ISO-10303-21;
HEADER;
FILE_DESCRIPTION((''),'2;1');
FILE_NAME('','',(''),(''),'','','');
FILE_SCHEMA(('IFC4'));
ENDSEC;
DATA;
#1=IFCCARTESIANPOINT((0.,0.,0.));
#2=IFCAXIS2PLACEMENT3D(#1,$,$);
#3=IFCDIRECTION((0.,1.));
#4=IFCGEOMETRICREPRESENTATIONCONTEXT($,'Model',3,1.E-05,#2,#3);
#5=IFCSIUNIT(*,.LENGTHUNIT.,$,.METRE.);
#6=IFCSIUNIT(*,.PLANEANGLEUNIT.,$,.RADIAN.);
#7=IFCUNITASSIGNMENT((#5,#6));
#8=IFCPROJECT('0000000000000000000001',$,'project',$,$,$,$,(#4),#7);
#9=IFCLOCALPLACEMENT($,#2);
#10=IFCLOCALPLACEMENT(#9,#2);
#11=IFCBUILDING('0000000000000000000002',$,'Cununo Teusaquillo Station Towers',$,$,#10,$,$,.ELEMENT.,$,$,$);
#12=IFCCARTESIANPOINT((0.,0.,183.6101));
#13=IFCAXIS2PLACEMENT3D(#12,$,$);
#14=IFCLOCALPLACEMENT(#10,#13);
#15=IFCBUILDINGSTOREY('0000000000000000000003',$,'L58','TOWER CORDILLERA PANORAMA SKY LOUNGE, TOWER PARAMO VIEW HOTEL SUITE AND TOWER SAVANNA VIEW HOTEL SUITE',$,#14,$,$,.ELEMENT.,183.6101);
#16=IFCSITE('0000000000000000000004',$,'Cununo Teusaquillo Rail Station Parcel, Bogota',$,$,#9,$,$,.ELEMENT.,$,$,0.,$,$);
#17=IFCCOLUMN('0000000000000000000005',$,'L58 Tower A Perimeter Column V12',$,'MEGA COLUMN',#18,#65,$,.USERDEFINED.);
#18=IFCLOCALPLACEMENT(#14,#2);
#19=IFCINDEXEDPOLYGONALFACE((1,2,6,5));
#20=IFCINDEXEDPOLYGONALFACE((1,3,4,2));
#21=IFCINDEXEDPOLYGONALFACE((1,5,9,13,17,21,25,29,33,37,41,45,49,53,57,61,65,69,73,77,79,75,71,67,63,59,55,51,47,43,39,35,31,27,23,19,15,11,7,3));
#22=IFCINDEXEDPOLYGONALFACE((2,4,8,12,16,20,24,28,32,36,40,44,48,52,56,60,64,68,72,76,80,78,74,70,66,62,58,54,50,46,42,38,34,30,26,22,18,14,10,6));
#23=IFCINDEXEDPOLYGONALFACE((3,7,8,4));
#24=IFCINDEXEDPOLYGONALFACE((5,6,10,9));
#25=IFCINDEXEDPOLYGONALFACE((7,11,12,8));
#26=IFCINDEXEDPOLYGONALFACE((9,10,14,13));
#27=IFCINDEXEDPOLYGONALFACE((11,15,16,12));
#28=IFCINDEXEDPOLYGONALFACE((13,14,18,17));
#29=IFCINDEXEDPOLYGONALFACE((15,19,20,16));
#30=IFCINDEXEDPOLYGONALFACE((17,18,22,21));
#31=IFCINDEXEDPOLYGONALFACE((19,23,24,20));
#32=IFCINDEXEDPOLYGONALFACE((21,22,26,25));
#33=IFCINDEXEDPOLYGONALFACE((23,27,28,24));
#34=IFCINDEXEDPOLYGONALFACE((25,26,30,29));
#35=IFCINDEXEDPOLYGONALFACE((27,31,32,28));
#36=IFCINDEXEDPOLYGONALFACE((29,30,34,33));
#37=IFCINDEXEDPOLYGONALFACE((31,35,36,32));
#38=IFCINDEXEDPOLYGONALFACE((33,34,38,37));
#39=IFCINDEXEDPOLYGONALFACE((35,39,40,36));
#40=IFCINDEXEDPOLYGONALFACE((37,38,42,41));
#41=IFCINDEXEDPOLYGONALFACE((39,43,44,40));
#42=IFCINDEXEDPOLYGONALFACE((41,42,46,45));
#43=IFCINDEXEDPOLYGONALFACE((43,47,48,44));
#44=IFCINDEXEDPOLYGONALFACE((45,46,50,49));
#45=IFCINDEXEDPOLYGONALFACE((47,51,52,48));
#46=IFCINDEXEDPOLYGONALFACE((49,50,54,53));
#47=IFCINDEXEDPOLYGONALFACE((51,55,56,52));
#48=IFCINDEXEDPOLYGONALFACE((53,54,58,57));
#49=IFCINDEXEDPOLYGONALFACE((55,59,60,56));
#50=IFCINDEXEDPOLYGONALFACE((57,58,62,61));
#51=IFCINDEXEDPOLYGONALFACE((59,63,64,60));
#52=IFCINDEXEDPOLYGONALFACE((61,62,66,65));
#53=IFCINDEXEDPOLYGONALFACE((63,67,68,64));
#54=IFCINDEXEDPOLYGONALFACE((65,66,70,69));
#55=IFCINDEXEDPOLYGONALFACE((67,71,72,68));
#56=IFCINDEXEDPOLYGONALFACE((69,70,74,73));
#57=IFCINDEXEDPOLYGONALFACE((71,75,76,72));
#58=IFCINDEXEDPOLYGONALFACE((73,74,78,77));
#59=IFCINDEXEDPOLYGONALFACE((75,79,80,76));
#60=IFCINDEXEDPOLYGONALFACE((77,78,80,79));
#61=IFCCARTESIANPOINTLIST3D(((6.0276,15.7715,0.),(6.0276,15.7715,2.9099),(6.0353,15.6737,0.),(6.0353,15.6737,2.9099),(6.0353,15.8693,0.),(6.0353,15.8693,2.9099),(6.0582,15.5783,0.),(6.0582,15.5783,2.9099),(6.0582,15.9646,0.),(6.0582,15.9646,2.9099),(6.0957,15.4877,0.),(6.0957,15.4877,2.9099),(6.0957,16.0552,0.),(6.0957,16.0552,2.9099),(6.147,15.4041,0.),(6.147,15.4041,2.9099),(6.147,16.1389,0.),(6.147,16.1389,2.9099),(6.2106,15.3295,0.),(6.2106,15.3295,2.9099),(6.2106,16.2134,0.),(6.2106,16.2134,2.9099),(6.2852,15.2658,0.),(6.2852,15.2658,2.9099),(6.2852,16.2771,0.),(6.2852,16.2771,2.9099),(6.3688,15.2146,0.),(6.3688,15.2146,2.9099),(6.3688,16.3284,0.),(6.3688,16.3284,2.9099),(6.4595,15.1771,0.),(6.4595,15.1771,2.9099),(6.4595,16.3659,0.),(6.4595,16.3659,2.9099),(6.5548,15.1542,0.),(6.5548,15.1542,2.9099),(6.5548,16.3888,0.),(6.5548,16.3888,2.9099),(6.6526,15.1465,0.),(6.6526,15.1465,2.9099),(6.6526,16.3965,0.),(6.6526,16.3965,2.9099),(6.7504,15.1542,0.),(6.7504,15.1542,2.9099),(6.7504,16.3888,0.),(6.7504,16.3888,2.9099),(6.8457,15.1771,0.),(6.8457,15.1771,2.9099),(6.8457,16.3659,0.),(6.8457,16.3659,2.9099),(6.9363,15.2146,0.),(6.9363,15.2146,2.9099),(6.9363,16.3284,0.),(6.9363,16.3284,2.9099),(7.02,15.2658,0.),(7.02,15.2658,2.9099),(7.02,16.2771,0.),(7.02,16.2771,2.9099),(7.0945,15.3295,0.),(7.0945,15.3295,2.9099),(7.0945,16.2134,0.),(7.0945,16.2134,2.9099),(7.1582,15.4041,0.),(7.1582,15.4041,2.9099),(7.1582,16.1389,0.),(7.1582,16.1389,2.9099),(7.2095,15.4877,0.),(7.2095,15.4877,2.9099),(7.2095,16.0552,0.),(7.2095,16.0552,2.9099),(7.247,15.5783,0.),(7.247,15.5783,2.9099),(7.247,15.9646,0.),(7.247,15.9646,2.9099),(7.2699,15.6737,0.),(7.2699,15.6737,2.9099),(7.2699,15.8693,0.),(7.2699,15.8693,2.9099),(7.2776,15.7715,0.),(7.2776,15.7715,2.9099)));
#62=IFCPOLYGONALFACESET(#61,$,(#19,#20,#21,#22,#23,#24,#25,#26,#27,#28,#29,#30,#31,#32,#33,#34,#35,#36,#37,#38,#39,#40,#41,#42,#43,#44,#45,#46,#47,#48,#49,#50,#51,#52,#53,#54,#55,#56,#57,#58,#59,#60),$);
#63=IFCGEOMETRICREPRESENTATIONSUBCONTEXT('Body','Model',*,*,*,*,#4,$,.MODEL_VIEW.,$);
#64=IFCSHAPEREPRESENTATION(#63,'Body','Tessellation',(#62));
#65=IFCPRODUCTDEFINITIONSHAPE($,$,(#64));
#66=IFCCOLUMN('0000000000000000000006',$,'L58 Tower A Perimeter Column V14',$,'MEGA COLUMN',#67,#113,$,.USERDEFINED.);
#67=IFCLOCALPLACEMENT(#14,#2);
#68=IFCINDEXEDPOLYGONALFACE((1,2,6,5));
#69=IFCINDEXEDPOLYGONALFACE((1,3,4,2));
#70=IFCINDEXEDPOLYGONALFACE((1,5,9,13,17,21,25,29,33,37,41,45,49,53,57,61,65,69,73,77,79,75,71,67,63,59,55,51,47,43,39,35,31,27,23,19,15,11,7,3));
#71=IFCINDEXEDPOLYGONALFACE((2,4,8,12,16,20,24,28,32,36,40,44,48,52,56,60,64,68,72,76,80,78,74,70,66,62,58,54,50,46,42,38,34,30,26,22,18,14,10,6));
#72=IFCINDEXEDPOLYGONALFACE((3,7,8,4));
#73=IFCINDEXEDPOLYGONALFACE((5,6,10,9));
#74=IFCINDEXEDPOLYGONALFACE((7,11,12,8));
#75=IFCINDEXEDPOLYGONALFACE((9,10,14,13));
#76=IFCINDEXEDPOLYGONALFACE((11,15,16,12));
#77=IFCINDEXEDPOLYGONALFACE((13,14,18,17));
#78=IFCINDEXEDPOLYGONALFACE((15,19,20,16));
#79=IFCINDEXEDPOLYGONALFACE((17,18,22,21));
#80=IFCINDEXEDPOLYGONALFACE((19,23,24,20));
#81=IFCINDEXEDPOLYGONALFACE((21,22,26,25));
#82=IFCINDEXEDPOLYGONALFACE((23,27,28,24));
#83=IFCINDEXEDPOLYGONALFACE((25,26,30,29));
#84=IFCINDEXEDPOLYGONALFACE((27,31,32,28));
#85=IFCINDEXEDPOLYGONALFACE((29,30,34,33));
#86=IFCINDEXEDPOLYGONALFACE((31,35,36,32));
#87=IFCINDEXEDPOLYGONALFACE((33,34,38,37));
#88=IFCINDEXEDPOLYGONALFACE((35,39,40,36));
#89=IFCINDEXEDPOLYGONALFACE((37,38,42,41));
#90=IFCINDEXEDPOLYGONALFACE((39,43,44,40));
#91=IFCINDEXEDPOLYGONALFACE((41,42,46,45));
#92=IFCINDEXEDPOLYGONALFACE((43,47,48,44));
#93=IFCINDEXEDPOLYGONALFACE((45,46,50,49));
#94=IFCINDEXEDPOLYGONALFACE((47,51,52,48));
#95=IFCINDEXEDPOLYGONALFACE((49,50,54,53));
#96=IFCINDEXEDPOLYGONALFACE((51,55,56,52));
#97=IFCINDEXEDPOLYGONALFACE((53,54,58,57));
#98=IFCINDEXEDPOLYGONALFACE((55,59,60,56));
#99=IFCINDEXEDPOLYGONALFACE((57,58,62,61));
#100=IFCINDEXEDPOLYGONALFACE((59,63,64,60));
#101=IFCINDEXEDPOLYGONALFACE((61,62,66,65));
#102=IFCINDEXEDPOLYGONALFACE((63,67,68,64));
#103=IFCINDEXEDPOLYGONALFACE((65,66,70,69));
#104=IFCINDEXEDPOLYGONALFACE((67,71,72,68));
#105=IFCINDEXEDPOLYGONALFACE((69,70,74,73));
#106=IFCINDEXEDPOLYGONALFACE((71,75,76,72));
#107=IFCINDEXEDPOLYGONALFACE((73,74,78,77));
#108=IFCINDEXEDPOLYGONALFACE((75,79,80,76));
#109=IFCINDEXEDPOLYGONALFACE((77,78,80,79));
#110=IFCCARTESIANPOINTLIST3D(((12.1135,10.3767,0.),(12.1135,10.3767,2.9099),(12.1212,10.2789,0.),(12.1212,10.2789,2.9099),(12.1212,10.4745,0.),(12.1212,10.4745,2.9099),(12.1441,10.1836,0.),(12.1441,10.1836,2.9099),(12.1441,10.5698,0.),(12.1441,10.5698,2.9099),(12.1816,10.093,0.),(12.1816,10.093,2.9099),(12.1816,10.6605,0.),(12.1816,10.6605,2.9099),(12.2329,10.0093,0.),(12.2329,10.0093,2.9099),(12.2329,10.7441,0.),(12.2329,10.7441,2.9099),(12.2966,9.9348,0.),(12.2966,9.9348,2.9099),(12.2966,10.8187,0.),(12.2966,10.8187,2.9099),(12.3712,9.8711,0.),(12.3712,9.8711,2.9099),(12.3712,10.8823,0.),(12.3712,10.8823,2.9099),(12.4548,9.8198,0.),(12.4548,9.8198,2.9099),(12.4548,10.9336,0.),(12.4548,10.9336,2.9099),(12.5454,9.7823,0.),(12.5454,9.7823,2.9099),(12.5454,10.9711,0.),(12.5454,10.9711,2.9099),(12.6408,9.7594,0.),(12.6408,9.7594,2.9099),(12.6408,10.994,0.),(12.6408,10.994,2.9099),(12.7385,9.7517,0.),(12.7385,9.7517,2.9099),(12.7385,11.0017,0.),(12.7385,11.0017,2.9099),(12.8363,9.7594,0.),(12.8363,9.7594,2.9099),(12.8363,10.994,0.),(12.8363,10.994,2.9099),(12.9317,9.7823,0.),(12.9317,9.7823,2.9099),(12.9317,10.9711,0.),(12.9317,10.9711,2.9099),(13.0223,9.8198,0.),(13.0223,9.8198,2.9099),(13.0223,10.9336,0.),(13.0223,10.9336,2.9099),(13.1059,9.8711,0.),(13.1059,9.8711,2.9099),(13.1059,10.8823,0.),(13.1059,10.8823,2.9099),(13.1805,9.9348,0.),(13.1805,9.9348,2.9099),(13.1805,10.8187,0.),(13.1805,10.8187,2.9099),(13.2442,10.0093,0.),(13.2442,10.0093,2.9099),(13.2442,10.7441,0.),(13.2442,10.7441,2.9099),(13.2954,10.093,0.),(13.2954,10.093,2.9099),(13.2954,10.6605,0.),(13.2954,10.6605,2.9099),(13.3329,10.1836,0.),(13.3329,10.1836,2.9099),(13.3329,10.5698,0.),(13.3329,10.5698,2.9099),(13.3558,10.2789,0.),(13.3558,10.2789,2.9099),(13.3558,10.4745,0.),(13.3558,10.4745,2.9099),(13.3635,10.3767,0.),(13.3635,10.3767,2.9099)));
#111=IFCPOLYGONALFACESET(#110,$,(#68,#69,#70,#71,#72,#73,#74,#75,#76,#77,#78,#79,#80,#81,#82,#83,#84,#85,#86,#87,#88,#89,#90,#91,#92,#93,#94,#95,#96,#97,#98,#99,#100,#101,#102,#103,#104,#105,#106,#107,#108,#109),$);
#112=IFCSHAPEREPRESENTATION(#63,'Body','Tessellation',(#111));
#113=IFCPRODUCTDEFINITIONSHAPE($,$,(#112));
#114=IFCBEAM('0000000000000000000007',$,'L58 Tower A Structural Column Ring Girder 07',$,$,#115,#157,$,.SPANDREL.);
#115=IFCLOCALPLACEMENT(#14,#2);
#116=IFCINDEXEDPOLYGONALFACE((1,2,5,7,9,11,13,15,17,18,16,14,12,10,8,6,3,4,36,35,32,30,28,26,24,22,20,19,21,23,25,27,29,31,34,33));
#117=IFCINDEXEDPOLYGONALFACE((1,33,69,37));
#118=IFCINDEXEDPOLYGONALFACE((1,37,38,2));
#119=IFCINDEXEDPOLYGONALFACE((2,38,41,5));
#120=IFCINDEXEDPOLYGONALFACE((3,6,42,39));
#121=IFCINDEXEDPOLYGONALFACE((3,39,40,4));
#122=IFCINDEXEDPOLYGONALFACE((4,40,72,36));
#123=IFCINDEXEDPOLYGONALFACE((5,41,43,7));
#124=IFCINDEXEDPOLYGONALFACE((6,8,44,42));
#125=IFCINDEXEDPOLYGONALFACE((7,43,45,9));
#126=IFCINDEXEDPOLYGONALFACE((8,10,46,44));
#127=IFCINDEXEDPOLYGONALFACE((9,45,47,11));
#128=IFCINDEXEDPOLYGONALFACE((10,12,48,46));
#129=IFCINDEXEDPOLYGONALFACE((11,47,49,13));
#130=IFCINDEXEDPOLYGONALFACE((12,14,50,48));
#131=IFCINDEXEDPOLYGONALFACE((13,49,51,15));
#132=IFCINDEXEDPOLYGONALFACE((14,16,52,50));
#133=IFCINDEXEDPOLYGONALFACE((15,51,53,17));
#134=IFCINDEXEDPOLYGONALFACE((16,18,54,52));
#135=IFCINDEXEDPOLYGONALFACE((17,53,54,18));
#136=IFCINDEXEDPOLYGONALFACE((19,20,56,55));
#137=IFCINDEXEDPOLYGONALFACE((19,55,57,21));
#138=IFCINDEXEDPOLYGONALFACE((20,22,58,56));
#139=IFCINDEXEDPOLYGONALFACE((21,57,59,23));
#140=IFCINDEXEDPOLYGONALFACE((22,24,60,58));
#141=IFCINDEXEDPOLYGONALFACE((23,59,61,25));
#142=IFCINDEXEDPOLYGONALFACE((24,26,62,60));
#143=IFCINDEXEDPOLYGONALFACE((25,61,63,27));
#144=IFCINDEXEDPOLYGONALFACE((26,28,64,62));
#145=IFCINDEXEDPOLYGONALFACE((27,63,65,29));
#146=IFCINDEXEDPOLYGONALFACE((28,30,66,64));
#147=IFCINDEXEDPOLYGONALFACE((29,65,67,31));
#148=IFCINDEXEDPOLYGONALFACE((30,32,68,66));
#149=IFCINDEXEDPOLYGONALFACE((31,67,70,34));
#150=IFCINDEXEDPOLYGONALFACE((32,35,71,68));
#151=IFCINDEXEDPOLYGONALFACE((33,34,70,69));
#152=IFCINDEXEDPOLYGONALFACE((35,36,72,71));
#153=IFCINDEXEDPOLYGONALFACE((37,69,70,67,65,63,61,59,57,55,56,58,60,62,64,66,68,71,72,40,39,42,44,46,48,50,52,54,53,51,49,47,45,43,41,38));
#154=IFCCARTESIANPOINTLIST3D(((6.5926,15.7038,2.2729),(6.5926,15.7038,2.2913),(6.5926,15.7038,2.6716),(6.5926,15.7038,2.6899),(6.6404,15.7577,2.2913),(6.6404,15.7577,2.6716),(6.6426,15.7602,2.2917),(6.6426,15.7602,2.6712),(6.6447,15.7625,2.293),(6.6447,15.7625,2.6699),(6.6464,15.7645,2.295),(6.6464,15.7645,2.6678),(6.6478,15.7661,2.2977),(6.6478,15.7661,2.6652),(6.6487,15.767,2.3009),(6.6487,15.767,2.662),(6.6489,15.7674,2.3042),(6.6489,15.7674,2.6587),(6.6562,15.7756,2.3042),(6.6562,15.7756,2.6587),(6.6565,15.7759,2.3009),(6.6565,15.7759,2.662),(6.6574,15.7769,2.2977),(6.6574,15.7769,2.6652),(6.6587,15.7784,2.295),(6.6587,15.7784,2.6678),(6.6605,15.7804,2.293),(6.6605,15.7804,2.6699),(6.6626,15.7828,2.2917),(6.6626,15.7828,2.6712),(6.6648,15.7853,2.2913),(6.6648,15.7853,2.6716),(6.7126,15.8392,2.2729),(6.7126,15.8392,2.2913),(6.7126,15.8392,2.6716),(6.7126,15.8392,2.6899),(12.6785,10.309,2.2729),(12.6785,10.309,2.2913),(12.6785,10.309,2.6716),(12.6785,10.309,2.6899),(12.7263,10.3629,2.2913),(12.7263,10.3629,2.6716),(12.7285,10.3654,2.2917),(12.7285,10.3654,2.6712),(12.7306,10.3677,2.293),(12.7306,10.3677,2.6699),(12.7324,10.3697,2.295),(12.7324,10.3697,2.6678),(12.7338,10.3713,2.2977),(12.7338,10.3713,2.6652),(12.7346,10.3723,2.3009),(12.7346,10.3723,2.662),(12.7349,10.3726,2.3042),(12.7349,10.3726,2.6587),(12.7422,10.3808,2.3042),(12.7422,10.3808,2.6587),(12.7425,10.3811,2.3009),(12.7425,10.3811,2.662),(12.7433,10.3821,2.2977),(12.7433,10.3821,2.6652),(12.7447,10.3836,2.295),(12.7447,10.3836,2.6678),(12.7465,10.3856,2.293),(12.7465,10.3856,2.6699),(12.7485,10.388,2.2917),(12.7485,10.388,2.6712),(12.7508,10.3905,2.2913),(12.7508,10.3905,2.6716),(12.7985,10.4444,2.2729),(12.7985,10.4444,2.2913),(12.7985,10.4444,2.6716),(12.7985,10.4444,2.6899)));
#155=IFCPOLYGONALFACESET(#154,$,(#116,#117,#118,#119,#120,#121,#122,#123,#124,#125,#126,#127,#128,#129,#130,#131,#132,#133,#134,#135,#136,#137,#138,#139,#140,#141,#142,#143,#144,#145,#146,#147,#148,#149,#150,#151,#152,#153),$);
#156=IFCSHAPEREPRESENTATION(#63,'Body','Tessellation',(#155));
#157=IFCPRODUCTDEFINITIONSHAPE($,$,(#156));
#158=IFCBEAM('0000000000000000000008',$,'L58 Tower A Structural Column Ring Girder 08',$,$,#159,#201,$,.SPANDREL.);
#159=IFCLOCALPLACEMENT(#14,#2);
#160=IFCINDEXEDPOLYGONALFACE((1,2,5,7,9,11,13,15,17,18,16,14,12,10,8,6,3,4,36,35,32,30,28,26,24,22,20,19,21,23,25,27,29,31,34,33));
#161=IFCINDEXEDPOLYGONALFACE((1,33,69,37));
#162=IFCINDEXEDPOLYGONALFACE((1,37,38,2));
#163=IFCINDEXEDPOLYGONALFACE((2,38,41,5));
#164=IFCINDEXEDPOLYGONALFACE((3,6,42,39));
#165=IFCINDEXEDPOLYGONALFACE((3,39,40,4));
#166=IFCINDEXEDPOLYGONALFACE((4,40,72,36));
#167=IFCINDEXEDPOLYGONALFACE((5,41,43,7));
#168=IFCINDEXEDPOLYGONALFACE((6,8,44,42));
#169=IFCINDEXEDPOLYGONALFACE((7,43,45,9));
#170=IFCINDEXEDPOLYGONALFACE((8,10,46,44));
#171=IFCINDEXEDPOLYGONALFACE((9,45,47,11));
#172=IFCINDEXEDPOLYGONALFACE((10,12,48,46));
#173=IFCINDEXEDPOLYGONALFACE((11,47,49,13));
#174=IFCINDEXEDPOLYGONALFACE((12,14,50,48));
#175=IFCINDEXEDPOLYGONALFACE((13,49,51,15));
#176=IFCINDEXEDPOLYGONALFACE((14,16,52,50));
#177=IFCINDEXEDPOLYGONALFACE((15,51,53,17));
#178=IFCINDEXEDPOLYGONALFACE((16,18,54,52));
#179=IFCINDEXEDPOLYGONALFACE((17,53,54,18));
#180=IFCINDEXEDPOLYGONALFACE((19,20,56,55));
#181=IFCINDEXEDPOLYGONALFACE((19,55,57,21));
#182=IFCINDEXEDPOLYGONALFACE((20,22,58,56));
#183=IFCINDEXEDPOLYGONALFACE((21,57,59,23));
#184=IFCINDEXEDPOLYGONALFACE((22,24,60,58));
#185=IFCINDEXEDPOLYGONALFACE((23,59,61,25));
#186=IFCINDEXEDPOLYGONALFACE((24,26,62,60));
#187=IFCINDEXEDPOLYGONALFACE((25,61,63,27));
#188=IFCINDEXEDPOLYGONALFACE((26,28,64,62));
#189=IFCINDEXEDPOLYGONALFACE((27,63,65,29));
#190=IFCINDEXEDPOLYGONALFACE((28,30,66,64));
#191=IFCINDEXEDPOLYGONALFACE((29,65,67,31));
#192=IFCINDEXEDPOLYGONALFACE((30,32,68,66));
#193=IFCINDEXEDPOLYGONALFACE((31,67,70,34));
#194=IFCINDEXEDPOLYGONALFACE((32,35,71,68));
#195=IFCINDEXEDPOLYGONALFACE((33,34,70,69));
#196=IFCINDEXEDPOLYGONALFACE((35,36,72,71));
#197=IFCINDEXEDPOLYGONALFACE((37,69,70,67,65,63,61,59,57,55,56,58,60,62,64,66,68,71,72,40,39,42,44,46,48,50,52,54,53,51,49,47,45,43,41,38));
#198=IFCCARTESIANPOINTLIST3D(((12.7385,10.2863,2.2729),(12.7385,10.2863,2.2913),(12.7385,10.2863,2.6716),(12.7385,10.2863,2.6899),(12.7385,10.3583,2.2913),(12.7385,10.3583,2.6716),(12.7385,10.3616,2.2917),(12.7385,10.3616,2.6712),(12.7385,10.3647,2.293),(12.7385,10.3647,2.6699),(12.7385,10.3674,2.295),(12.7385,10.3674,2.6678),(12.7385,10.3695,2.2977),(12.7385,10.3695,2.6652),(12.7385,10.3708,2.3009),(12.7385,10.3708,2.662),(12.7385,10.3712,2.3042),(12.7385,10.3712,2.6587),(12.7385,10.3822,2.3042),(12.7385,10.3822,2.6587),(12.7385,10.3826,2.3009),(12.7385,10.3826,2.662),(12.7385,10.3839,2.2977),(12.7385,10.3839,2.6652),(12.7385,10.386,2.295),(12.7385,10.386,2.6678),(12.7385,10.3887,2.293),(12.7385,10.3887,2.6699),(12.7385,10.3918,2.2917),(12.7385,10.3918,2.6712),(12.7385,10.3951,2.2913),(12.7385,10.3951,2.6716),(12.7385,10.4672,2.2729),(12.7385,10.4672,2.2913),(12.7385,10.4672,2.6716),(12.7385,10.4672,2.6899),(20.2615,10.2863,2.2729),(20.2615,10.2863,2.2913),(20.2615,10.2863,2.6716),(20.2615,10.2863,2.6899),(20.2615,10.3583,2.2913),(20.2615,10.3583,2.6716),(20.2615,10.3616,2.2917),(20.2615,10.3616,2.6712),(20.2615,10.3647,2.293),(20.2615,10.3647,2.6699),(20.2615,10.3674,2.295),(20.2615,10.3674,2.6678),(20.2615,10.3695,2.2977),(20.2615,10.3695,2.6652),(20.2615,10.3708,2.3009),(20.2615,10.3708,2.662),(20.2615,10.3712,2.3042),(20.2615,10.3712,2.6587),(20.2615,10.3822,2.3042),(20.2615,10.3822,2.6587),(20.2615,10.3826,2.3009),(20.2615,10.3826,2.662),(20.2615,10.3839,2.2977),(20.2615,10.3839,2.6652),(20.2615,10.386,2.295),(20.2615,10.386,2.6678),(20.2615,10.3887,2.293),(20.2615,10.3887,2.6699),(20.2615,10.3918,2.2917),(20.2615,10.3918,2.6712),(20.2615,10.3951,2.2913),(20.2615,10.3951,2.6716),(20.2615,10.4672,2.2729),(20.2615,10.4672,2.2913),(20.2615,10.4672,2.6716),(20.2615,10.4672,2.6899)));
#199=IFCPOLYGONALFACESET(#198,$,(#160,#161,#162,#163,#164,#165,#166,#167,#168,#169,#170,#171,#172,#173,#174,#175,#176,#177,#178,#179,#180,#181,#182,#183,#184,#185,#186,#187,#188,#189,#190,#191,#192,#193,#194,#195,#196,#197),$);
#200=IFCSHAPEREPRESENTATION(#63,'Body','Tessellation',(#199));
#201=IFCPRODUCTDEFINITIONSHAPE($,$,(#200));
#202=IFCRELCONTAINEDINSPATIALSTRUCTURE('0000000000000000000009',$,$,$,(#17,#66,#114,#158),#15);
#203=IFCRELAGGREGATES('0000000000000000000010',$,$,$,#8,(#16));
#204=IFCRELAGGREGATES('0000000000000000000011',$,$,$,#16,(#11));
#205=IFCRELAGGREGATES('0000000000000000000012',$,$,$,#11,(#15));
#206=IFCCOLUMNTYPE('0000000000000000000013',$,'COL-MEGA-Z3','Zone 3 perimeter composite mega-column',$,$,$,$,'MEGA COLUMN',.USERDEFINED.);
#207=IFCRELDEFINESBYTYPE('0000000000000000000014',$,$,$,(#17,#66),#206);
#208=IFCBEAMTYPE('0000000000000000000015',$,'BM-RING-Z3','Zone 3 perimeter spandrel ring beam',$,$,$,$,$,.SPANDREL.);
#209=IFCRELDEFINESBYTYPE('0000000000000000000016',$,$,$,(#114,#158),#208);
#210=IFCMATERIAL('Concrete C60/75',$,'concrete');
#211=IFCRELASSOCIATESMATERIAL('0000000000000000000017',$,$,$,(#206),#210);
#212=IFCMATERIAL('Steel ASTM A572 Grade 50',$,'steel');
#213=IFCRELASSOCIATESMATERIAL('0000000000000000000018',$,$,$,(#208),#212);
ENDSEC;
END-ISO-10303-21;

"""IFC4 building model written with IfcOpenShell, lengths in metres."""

from ifc_helpers import new_model, si_unit, direction, frame, origin, origin_2d, place, context, subcontext, project, spatial, circle, i_section, extrude, material, material_profile, profile_set, type_object, element, save


model = new_model("IFC4")

# Units and contexts
model_context = context("Model", 3, precision=1e-05, world=origin(), true_north=direction((0.0, 1.0)))
body_context = subcontext(model_context, "Body", "Model", "MODEL_VIEW")
ifc_project = project(units=[si_unit("LENGTHUNIT", "METRE"), si_unit("PLANEANGLEUNIT", "RADIAN")], contexts=[model_context])

# Site, building, storey
site_placement = place(None, origin())
site = spatial("IfcSite", under=ifc_project, at=site_placement, Name="Cununo Teusaquillo Rail Station Parcel, Bogota", CompositionType="ELEMENT", RefElevation=0.0)
building_placement = place(site_placement, origin())
building = spatial("IfcBuilding", under=site, at=building_placement, Name="Cununo Teusaquillo Station Towers", CompositionType="ELEMENT")
storey_placement = place(building_placement, frame((0.0, 0.0, 183.6101)))
storey = spatial("IfcBuildingStorey", under=building, at=storey_placement, Name="L58", Description="TOWER CORDILLERA PANORAMA SKY LOUNGE, TOWER PARAMO VIEW HOTEL SUITE AND TOWER SAVANNA VIEW HOTEL SUITE", CompositionType="ELEMENT", Elevation=183.6101)

# Columns
ifc_material_1 = material(Name="Concrete C60/75", Category="concrete")
ifc_material_profile_1 = material_profile(ifc_material_1, circle(Radius=0.625, at=origin_2d()), Name="RC-CIRC-1250")
ifc_profile_set_1 = profile_set([ifc_material_profile_1], Name="Concrete C60/75")
column_type = type_object("IfcColumnType", Name="COL-MEGA-Z3", Description="Zone 3 perimeter composite mega-column", ElementType="MEGA COLUMN", PredefinedType="USERDEFINED", material=ifc_profile_set_1)
for number, where, z_axis, x_axis, name in (
    (1, (6.6526, 15.7715, 0.0), (0.0, 0.0, 1.0), (1.0, 0.0, 0.0), "L58 Tower A Perimeter Column V12"),
    (2, (12.7385, 10.3767, 0.0), (0.0, 0.0, 1.0), (1.0, 0.0, 0.0), "L58 Tower A Perimeter Column V14"),
):
    element("IfcColumn", number, at=place(storey_placement, frame(where, z_axis=z_axis, x_axis=x_axis)), inside=storey, type_object=column_type, Name=name, ObjectType="MEGA COLUMN", PredefinedType="USERDEFINED", context=body_context, shape_type="SweptSolid", body=[
        extrude(circle(Radius=0.625, at=origin_2d()), origin(), (0.0, 0.0, 1.0), 2.9099),
    ])

# Beams
ifc_material_2 = material(Name="Steel ASTM A572 Grade 50", Category="steel")
ifc_material_profile_2 = material_profile(ifc_material_2, i_section(OverallWidth=0.1809, OverallDepth=0.417, WebThickness=0.011, FlangeThickness=0.0183, FilletRadius=0.0129, at=origin_2d()), Name="W16X57")
ifc_profile_set_2 = profile_set([ifc_material_profile_2], Name="Steel ASTM A572 Grade 50")
beam_type = type_object("IfcBeamType", Name="BM-RING-Z3", Description="Zone 3 perimeter spandrel ring beam", PredefinedType="SPANDREL", material=ifc_profile_set_2)
beam_1_placement = place(storey_placement, frame((6.6526, 15.7715, 2.4814), z_axis=(0.748321, -0.663337, 0.0), x_axis=(0.663337, 0.748321, 0.0)))
element("IfcBeam", 3, at=beam_1_placement, inside=storey, type_object=beam_type, Name="L58 Tower A Structural Column Ring Girder 07", PredefinedType="SPANDREL", context=body_context, shape_type="SweptSolid", body=[
    extrude(i_section(OverallWidth=0.1809, OverallDepth=0.417, WebThickness=0.011, FlangeThickness=0.0183, FilletRadius=0.0129, at=origin_2d()), origin(), (0.0, 0.0, 1.0), 8.1328),
])
beam_2_placement = place(storey_placement, frame((12.7385, 10.3767, 2.4814), z_axis=(1.0, 0.0, 0.0), x_axis=(0.0, 1.0, 0.0)))
element("IfcBeam", 4, at=beam_2_placement, inside=storey, type_object=beam_type, Name="L58 Tower A Structural Column Ring Girder 08", PredefinedType="SPANDREL", context=body_context, shape_type="SweptSolid", body=[
    extrude(i_section(OverallWidth=0.1809, OverallDepth=0.417, WebThickness=0.011, FlangeThickness=0.0183, FilletRadius=0.0129, at=origin_2d()), origin(), (0.0, 0.0, 1.0), 7.5229),
])

save(model, "model.ifc")
